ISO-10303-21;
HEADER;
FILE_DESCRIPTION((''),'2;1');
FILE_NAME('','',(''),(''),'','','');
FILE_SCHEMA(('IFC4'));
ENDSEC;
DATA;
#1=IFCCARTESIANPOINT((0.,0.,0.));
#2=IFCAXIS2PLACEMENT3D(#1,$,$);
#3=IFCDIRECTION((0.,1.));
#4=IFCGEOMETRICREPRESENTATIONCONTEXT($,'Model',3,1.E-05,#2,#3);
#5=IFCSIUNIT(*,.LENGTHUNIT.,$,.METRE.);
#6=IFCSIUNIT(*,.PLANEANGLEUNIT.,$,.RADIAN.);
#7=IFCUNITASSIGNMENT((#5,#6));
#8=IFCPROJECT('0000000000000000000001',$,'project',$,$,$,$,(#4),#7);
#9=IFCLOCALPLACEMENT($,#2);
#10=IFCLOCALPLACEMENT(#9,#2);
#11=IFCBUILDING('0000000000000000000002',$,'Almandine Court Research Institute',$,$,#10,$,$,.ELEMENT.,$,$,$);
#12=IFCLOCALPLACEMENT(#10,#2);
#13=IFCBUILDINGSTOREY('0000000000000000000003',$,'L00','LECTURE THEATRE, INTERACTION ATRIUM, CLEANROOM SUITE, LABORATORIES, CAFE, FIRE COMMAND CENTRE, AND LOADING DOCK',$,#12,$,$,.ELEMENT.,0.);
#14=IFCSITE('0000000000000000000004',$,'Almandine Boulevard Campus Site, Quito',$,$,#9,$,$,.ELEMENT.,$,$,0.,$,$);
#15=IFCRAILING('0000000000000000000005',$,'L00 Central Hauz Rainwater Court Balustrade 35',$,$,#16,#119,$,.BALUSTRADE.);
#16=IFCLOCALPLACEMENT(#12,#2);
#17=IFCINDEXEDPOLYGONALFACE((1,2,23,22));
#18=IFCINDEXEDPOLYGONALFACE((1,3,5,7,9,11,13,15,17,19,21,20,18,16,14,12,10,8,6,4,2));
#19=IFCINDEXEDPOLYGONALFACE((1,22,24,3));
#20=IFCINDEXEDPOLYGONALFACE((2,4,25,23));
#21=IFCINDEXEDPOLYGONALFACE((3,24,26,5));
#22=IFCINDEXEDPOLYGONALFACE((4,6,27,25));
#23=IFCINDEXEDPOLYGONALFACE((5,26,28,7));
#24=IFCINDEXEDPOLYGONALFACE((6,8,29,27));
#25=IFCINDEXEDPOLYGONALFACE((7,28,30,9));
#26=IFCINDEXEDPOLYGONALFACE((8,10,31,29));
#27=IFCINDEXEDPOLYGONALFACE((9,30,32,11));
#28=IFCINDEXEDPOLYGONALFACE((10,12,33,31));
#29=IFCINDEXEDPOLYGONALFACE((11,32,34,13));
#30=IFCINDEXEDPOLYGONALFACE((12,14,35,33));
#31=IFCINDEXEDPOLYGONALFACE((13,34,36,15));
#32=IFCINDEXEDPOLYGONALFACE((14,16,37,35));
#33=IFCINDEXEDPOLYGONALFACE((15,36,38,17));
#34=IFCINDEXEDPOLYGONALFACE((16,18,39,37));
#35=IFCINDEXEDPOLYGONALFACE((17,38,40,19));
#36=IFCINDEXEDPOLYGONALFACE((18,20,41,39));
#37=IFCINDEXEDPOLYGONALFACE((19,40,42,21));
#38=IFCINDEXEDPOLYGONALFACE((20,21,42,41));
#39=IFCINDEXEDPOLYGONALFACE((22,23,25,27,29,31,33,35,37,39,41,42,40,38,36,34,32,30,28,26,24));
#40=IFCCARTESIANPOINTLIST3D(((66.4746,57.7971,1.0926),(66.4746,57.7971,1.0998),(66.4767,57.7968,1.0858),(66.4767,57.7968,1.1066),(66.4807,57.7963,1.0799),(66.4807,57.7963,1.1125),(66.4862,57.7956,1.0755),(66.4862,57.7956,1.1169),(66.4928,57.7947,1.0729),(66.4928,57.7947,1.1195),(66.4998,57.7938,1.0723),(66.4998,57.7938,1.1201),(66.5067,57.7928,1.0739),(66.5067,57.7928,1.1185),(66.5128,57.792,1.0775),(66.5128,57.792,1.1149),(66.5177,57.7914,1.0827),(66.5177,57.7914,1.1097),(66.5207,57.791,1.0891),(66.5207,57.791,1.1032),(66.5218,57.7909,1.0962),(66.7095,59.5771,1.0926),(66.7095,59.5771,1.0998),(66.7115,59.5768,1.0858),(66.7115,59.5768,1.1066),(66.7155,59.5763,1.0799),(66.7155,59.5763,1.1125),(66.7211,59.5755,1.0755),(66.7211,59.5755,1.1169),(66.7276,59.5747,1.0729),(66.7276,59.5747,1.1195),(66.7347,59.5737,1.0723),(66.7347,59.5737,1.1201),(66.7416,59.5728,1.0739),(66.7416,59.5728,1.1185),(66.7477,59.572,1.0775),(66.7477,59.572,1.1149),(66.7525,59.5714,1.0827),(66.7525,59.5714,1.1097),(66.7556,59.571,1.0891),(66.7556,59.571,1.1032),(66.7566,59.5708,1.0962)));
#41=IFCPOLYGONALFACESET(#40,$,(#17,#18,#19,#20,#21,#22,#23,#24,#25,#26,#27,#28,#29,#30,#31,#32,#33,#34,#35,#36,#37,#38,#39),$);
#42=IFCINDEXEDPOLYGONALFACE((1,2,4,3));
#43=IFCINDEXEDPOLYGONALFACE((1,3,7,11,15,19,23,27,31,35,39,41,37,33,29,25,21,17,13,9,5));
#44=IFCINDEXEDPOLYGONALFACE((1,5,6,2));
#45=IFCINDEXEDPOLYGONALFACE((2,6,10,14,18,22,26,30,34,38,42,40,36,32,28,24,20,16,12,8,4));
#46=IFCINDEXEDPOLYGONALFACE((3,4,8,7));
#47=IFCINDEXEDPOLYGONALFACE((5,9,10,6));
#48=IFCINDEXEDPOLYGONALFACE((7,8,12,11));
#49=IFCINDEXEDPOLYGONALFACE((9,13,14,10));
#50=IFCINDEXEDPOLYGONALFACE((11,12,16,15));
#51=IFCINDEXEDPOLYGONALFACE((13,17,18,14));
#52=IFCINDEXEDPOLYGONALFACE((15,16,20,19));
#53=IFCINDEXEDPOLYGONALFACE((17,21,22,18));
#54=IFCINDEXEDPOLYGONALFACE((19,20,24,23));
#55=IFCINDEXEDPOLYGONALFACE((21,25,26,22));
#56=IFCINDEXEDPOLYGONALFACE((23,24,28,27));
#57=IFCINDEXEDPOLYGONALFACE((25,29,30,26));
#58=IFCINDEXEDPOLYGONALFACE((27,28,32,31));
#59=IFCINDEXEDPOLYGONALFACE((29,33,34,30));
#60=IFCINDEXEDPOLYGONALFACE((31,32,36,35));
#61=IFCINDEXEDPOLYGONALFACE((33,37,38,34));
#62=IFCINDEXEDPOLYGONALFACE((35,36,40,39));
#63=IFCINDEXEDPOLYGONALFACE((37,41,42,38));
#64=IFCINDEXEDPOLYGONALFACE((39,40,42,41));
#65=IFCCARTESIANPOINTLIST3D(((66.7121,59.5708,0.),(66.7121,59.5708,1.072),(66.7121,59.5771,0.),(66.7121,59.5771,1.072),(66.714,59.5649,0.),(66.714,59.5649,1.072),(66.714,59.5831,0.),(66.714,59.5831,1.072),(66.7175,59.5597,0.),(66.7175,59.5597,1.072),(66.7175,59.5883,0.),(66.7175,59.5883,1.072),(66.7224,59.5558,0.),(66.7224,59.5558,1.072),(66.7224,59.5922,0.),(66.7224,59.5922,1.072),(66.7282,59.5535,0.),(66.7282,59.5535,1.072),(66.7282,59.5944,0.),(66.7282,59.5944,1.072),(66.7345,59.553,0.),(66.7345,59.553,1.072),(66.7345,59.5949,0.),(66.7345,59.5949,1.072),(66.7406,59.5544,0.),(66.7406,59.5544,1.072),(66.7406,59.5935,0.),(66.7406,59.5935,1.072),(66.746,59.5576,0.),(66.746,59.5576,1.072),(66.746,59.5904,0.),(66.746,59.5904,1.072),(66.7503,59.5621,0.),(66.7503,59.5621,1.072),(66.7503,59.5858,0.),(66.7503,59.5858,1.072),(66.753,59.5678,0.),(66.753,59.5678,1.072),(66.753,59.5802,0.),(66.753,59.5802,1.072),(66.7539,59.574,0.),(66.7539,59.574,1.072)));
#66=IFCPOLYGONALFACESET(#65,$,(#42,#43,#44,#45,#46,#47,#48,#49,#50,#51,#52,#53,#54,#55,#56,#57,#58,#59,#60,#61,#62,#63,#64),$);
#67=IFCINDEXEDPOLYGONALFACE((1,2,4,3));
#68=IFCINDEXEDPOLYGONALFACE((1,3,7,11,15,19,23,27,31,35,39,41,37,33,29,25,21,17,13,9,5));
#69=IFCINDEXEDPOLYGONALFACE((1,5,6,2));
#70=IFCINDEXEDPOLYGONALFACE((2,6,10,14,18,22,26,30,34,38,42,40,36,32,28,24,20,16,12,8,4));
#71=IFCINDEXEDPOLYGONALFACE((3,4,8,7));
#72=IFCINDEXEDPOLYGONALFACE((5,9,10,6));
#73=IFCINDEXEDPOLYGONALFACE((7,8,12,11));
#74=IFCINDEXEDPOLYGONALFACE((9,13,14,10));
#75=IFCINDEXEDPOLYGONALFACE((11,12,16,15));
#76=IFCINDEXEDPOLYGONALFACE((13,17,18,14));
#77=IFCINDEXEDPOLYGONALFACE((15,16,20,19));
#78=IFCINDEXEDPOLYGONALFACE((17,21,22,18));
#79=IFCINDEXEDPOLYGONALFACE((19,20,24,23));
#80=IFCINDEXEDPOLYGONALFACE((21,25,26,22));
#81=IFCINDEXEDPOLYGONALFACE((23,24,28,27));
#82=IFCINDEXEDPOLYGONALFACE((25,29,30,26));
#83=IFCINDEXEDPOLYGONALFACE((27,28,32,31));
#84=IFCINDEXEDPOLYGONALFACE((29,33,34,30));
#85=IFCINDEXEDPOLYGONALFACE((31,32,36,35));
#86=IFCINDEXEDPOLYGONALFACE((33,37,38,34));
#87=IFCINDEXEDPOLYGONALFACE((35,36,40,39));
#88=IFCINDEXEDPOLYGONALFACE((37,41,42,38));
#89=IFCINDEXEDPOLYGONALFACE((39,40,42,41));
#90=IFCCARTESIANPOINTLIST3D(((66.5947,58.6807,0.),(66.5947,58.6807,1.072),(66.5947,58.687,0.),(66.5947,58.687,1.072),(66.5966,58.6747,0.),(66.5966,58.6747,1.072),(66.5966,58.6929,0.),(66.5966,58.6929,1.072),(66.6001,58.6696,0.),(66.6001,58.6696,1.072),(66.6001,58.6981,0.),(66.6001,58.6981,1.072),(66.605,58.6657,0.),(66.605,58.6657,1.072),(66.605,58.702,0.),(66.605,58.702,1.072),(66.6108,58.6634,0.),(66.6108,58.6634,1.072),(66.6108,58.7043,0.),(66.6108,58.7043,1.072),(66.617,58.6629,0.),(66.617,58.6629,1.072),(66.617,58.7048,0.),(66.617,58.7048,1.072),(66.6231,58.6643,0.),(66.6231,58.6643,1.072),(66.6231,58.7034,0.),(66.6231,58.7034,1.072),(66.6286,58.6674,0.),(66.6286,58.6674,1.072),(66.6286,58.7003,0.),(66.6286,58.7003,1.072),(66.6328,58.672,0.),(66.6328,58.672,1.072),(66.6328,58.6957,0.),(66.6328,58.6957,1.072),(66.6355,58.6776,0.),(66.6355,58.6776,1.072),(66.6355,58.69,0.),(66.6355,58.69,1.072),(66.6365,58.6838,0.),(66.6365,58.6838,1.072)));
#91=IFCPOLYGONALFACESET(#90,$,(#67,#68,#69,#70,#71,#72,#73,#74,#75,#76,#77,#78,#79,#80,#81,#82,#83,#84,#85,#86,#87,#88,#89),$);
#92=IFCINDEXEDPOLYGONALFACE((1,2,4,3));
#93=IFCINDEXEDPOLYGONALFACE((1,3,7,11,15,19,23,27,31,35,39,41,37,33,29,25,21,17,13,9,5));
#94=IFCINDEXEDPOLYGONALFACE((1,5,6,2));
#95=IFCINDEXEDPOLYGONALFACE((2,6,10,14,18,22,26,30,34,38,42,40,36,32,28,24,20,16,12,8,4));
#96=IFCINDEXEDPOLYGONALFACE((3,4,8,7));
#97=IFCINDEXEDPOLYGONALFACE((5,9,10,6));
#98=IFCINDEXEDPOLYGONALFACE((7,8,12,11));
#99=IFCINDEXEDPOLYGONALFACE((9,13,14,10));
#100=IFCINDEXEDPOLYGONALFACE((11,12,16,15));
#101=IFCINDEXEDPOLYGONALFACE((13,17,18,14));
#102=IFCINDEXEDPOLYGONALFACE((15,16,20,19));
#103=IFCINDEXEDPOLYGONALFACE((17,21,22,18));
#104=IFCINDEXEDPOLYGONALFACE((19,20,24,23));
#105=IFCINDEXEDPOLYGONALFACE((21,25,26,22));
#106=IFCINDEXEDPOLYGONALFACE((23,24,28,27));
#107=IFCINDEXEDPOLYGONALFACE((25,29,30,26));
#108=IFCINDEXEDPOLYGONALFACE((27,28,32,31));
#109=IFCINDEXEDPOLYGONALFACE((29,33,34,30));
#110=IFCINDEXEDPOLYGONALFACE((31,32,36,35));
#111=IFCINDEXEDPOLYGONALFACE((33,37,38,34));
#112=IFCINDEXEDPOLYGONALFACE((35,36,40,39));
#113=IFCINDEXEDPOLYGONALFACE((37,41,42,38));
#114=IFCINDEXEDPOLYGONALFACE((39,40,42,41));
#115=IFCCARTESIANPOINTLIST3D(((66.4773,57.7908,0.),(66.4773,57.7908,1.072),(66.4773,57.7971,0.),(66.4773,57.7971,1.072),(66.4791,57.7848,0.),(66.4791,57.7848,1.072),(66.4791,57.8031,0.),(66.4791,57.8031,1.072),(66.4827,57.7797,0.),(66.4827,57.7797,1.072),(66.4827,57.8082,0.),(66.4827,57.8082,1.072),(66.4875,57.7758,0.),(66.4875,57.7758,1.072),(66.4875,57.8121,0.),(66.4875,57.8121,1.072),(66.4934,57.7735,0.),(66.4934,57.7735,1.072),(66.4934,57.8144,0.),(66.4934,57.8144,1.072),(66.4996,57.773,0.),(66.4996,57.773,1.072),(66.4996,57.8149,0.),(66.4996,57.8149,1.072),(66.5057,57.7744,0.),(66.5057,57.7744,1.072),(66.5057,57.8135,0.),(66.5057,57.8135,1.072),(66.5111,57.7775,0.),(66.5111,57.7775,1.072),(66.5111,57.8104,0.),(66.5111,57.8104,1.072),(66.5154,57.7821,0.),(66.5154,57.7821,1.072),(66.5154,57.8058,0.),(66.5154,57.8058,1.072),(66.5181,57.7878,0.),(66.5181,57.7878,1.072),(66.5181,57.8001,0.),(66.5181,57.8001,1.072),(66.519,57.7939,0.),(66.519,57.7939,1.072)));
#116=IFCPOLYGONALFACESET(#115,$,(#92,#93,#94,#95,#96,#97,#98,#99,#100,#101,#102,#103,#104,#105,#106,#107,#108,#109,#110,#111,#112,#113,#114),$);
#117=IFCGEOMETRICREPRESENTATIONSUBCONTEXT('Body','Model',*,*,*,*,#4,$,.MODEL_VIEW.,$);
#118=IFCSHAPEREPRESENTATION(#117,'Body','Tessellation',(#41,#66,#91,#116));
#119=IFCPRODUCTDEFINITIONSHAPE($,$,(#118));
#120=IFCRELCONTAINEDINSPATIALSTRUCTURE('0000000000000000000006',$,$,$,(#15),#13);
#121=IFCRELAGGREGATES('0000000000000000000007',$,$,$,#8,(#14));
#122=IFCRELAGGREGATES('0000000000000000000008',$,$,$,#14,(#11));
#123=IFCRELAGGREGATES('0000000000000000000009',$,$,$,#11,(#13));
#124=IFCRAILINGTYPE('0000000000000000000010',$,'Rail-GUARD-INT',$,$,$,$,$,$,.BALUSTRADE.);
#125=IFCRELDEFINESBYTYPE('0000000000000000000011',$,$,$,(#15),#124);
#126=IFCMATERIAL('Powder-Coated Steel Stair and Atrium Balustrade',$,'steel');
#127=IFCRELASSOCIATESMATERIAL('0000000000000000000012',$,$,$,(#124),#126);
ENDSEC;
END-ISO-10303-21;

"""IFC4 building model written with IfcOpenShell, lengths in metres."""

from ifc_helpers import new_model, si_unit, direction, frame, origin, origin_2d, place, context, subcontext, project, spatial, circle, extrude, material, type_object, element, save


model = new_model("IFC4")

# Units and contexts
model_context = context("Model", 3, precision=1e-05, world=origin(), true_north=direction((0.0, 1.0)))
body_context = subcontext(model_context, "Body", "Model", "MODEL_VIEW")
ifc_project = project(units=[si_unit("LENGTHUNIT", "METRE"), si_unit("PLANEANGLEUNIT", "RADIAN")], contexts=[model_context])

# Site, building, storey
site_placement = place(None, origin())
site = spatial("IfcSite", under=ifc_project, at=site_placement, Name="Almandine Boulevard Campus Site, Quito", CompositionType="ELEMENT", RefElevation=0.0)
building_placement = place(site_placement, origin())
building = spatial("IfcBuilding", under=site, at=building_placement, Name="Almandine Court Research Institute", CompositionType="ELEMENT")
storey_placement = place(building_placement, origin())
storey = spatial("IfcBuildingStorey", under=building, at=storey_placement, Name="L00", Description="LECTURE THEATRE, INTERACTION ATRIUM, CLEANROOM SUITE, LABORATORIES, CAFE, FIRE COMMAND CENTRE, AND LOADING DOCK", CompositionType="ELEMENT", Elevation=0.0)

# Railing
ifc_material_1 = material(Name="Powder-Coated Steel Stair and Atrium Balustrade", Category="steel")
railing_type = type_object("IfcRailingType", Name="Rail-GUARD-INT", PredefinedType="BALUSTRADE", material=ifc_material_1)
railing_1_placement = place(storey_placement, frame((66.7329, 59.574, 0.0)))
element("IfcRailing", 1, at=railing_1_placement, inside=storey, type_object=railing_type, Name="L00 Central Hauz Rainwater Court Balustrade 35", PredefinedType="BALUSTRADE", context=body_context, shape_type="SweptSolid", body=[
    extrude(circle(Radius=0.0239, at=origin_2d()), frame((0.0, 0.0, 1.0962), z_axis=(-0.13081, -0.991407, 0.0), x_axis=(0.991407, -0.13081, 0.0)), (0.0, 0.0, 1.0), 1.7954),
    extrude(circle(Radius=0.021, at=origin_2d()), origin(), (0.0, 0.0, 1.0), 1.072),
    extrude(circle(Radius=0.021, at=origin_2d()), frame((-0.1174, -0.8901, 0.0)), (0.0, 0.0, 1.0), 1.072),
    extrude(circle(Radius=0.021, at=origin_2d()), frame((-0.2349, -1.78, 0.0)), (0.0, 0.0, 1.0), 1.072),
])

save(model, "model.ifc")
